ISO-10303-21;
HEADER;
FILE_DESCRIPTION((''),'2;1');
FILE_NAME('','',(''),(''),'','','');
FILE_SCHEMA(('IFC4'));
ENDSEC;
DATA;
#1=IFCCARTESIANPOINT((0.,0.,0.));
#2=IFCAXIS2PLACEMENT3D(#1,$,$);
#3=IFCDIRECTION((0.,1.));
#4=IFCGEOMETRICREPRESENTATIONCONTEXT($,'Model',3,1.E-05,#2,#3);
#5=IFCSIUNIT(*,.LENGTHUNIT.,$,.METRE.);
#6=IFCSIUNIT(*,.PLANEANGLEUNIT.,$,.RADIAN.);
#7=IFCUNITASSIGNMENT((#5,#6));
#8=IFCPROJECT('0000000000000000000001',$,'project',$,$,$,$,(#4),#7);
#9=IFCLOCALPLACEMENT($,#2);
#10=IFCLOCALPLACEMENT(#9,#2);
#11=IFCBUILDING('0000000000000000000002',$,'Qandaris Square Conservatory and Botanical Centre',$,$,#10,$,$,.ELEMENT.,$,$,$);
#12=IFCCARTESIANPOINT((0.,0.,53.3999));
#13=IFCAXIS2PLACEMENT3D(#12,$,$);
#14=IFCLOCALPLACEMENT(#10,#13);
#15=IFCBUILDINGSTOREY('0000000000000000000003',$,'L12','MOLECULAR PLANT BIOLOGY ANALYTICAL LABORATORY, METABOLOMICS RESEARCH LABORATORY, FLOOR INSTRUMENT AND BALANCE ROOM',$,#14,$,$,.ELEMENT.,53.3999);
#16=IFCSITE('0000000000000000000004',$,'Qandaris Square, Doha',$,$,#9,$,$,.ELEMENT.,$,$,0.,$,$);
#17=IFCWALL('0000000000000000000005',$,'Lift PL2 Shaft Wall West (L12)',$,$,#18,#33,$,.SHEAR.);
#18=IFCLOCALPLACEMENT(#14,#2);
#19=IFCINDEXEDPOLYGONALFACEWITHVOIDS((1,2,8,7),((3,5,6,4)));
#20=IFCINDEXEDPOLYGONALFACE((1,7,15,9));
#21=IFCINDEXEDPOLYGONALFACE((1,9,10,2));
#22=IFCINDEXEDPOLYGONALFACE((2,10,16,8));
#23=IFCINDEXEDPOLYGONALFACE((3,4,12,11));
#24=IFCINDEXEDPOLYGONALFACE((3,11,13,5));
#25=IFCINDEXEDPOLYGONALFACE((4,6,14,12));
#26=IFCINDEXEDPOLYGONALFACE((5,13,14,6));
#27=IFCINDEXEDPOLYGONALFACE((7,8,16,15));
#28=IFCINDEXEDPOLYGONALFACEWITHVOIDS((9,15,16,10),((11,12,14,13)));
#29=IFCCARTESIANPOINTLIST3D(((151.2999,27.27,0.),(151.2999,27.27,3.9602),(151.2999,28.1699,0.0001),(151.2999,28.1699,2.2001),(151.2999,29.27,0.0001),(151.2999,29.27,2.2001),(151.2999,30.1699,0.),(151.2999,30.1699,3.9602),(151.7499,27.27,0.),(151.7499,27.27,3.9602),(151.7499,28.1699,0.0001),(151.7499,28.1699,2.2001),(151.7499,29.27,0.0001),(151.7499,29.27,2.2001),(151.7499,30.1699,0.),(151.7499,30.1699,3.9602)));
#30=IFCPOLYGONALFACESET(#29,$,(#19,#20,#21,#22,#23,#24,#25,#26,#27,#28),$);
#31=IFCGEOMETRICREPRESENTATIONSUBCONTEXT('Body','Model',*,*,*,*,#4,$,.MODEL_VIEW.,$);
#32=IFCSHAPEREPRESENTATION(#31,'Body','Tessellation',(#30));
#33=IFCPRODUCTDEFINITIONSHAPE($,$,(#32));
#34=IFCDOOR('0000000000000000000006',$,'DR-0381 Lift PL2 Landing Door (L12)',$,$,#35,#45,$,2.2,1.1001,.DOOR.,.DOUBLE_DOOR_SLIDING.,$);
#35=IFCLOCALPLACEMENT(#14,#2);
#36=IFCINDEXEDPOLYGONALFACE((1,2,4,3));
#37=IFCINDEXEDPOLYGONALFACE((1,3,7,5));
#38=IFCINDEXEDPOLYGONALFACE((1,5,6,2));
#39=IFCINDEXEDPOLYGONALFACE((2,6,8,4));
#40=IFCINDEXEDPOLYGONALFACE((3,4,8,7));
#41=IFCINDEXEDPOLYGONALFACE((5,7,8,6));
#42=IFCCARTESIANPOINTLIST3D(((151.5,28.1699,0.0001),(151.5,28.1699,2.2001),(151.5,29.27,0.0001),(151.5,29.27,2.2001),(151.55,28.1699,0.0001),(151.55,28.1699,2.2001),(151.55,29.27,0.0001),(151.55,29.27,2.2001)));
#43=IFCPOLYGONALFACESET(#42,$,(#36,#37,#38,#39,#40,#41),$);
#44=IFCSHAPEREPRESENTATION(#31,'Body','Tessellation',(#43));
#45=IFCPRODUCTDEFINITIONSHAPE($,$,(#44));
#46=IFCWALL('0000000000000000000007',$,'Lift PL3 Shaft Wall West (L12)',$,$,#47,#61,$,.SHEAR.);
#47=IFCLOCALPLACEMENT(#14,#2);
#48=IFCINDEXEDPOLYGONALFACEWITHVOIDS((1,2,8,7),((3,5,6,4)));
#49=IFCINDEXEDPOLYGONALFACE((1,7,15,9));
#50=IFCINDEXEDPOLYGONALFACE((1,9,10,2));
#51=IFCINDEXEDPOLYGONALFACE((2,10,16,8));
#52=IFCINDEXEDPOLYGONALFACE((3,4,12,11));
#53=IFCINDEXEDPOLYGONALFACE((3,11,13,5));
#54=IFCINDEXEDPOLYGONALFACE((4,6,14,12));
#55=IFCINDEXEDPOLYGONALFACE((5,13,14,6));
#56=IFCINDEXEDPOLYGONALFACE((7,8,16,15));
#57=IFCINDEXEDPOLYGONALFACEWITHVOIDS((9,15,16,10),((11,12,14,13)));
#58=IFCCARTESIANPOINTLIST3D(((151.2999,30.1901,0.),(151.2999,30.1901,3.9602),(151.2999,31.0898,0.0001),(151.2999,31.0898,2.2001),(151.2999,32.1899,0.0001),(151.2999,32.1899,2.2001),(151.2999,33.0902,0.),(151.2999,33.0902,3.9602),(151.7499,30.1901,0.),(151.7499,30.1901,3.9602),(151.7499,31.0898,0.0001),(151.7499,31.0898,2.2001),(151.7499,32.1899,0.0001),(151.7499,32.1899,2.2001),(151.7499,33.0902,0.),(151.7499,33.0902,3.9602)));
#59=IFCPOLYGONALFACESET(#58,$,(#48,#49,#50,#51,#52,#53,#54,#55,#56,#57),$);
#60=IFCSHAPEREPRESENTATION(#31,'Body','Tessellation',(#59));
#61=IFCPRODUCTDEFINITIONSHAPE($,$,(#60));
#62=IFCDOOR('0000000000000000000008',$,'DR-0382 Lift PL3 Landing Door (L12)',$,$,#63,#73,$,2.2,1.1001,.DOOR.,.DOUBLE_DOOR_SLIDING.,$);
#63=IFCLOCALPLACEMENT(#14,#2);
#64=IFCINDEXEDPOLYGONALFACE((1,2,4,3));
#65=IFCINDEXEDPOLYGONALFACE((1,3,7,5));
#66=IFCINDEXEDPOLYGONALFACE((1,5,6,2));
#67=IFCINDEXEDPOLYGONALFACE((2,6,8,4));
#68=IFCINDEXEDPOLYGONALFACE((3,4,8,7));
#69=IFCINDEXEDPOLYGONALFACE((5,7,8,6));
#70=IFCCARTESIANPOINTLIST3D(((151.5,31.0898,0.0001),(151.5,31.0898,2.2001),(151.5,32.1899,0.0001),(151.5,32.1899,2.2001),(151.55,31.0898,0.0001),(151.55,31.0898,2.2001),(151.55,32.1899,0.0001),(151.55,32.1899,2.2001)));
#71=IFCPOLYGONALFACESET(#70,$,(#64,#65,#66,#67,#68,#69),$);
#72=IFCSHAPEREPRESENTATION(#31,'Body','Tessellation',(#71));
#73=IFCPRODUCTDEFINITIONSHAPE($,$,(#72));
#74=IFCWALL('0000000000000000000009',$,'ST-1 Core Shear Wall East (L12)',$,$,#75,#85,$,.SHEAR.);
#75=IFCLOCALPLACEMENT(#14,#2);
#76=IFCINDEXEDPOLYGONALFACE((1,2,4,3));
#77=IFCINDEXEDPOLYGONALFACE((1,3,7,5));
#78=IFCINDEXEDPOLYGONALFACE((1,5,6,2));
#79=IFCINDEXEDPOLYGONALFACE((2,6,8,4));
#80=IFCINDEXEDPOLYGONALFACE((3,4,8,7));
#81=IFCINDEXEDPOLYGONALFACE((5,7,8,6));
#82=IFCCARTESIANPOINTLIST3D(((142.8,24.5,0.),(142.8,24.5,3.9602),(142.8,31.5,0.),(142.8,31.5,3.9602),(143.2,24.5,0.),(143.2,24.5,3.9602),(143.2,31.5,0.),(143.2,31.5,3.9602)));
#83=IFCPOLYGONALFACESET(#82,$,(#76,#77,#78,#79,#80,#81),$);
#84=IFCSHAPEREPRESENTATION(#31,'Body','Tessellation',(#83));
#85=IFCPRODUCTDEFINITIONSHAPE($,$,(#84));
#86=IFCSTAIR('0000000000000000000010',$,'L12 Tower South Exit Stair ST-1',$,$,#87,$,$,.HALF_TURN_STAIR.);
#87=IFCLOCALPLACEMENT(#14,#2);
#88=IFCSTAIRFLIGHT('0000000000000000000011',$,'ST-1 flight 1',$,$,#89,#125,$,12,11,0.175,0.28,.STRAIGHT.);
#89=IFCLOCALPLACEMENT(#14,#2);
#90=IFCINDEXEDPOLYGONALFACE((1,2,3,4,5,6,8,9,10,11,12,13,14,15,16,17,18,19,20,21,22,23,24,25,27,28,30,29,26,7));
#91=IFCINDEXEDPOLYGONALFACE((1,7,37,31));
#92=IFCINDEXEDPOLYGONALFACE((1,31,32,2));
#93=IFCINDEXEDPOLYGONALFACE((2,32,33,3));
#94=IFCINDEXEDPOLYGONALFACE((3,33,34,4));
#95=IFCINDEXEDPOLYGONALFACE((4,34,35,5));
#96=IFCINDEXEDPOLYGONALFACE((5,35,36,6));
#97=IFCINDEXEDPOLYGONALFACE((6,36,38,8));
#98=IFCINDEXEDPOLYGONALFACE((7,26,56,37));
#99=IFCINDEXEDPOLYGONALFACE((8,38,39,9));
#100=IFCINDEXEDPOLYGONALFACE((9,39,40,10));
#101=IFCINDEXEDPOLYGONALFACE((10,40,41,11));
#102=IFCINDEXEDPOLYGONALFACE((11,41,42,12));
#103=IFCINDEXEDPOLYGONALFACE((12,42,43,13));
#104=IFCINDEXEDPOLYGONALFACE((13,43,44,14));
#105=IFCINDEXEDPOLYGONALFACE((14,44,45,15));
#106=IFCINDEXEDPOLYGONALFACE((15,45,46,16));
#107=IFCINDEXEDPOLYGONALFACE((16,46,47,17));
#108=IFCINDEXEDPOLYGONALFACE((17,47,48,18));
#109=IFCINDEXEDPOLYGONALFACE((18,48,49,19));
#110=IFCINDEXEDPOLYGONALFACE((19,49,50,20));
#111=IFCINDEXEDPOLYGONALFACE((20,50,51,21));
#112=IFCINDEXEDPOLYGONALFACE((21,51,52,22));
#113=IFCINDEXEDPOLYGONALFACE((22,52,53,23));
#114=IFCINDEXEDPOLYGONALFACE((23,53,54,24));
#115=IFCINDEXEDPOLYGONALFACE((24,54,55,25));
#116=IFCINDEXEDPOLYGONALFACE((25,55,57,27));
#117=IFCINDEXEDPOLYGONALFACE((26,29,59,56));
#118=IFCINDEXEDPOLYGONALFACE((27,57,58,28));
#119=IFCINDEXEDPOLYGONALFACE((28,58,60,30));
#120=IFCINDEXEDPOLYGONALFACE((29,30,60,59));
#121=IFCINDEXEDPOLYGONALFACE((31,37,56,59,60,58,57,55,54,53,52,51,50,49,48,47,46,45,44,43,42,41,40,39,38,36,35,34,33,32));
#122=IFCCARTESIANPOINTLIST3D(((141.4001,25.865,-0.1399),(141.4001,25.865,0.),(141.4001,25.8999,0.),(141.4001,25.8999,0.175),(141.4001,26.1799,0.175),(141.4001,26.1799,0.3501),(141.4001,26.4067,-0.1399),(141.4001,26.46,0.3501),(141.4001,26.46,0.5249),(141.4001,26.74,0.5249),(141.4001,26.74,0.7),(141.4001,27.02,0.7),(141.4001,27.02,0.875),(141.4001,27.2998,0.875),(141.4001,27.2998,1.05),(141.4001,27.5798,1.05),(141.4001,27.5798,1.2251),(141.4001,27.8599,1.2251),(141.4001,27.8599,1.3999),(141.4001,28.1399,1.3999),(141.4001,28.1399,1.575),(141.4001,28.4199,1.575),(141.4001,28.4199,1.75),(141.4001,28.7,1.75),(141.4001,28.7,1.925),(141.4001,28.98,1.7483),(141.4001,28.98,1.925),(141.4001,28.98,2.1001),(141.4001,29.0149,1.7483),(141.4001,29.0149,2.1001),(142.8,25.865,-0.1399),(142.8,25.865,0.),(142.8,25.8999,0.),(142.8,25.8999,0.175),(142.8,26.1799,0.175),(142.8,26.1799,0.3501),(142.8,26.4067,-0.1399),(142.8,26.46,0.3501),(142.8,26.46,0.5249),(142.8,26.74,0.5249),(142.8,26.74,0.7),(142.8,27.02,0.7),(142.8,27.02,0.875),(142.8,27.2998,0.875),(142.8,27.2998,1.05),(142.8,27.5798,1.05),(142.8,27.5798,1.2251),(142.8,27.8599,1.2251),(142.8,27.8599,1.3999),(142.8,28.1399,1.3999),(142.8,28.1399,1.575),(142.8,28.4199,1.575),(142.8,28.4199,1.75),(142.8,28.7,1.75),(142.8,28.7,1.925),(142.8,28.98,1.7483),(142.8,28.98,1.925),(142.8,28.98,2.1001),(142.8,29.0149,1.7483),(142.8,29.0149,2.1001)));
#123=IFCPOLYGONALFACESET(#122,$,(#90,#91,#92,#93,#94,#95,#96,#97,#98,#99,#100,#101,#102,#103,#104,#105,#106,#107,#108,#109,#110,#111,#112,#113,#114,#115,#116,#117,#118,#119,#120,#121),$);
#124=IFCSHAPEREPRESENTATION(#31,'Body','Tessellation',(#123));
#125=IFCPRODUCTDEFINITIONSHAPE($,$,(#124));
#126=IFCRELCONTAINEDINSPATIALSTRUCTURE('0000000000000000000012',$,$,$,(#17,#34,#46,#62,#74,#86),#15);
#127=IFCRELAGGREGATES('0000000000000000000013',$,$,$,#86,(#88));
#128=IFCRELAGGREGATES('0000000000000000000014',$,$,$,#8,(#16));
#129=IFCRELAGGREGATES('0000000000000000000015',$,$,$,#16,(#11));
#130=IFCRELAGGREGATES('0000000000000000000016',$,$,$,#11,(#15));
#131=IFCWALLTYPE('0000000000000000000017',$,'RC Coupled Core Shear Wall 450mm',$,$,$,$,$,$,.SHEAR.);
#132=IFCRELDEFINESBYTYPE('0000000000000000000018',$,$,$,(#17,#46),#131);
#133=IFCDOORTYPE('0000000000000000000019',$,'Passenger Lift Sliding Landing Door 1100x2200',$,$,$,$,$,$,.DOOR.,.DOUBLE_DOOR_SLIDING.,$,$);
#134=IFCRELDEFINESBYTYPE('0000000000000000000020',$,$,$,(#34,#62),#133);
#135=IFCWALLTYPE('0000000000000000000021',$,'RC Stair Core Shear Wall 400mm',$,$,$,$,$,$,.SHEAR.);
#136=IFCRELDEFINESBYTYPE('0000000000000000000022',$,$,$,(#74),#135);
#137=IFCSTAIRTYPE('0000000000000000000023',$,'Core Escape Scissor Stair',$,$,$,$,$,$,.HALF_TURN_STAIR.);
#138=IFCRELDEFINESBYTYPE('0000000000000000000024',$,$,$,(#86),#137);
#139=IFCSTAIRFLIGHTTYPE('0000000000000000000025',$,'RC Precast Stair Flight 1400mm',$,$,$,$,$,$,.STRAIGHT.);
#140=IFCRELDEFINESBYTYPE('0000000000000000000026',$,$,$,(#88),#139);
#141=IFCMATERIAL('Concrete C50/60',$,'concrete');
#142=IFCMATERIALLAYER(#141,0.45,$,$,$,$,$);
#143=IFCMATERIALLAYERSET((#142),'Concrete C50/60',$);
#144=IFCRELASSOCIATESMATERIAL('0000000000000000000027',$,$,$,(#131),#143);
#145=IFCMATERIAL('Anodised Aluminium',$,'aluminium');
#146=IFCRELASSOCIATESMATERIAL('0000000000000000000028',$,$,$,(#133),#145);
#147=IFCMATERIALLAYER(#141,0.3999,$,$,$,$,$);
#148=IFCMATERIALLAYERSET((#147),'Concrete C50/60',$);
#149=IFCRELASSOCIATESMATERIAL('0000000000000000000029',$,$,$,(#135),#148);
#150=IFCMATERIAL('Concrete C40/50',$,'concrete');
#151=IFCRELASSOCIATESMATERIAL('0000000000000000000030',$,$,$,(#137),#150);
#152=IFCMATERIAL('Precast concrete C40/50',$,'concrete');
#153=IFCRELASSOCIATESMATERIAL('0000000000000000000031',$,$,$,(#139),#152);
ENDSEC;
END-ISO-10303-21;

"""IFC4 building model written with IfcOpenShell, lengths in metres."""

from ifc_helpers import new_model, si_unit, direction, frame, frame_2d, origin, place, context, subcontext, project, spatial, polyline, rectangle, outline, extrude, material, layer, layer_set, type_object, element, fill, aggregate, save


model = new_model("IFC4")

# Units and contexts
model_context = context("Model", 3, precision=1e-05, world=origin(), true_north=direction((0.0, 1.0)))
body_context = subcontext(model_context, "Body", "Model", "MODEL_VIEW")
ifc_project = project(units=[si_unit("LENGTHUNIT", "METRE"), si_unit("PLANEANGLEUNIT", "RADIAN")], contexts=[model_context])

# Site, building, storey
site_placement = place(None, origin())
site = spatial("IfcSite", under=ifc_project, at=site_placement, Name="Qandaris Square, Doha", CompositionType="ELEMENT", RefElevation=0.0)
building_placement = place(site_placement, origin())
building = spatial("IfcBuilding", under=site, at=building_placement, Name="Qandaris Square Conservatory and Botanical Centre", CompositionType="ELEMENT")
storey_placement = place(building_placement, frame((0.0, 0.0, 53.3999)))
storey = spatial("IfcBuildingStorey", under=building, at=storey_placement, Name="L12", Description="MOLECULAR PLANT BIOLOGY ANALYTICAL LABORATORY, METABOLOMICS RESEARCH LABORATORY, FLOOR INSTRUMENT AND BALANCE ROOM", CompositionType="ELEMENT", Elevation=53.3999)

# Shared definitions
ifc_material_1 = material(Name="Concrete C50/60", Category="concrete")

# Shared definitions
ifc_material_2 = material(Name="Anodised Aluminium", Category="aluminium")
ifc_material_3 = material(Name="Concrete C40/50", Category="concrete")

# Shared definitions
ifc_layer_1 = layer(ifc_material_1, 0.45)
ifc_layer_set_1 = layer_set([ifc_layer_1], Name="Concrete C50/60")
wall_type_1 = type_object("IfcWallType", Name="RC Coupled Core Shear Wall 450mm", PredefinedType="SHEAR", material=ifc_layer_set_1)

# Walls, openings, doors
door_type_1 = type_object("IfcDoorType", Name="Passenger Lift Sliding Landing Door 1100x2200", OperationType="DOUBLE_DOOR_SLIDING", PredefinedType="DOOR", material=ifc_material_2)
wall_1_placement = place(storey_placement, frame((151.5249, 27.27, 0.0), z_axis=(0.0, 0.0, 1.0), x_axis=(0.0, 1.0, 0.0)))
wall_1 = element("IfcWall", 1, at=wall_1_placement, inside=storey, type_object=wall_type_1, Name="Lift PL2 Shaft Wall West (L12)", PredefinedType="SHEAR", context=body_context, shape_type="SweptSolid", body=[
    extrude(rectangle(XDim=2.8999, YDim=0.45, at=frame_2d((1.45, 0.0))), origin(), (0.0, 0.0, 1.0), 3.9602),
])
opening_1_placement = place(wall_1_placement, frame((0.8999, 0.0, 0.0)))
opening_1 = element("IfcOpeningElement", 2, at=opening_1_placement, cuts=wall_1, PredefinedType="OPENING", context=body_context, shape_type="SweptSolid", body=[
    extrude(rectangle(XDim=1.1001, YDim=2.2, at=frame_2d((0.55, 1.1001))), frame((0.0, 0.2368, 0.0), z_axis=(0.0, -1.0, 0.0), x_axis=(1.0, 0.0, 0.0)), (0.0, 0.0, 1.0), 0.4739),
])
door_1_placement = place(opening_1_placement, origin())
door_1 = element("IfcDoor", 3, at=door_1_placement, inside=storey, type_object=door_type_1, Name="DR-0381 Lift PL2 Landing Door (L12)", OperationType="DOUBLE_DOOR_SLIDING", OverallHeight=2.2, OverallWidth=1.1001, PredefinedType="DOOR", context=body_context, shape_type="SweptSolid", body=[
    extrude(rectangle(XDim=1.1001, YDim=2.2, at=frame_2d((0.55, 1.1001))), frame((0.0, 0.0249, 0.0), z_axis=(0.0, -1.0, 0.0), x_axis=(1.0, 0.0, 0.0)), (0.0, 0.0, 1.0), 0.05),
])
fill(opening_1, door_1)
wall_2_placement = place(storey_placement, frame((151.5249, 30.1899, 0.0), z_axis=(0.0, 0.0, 1.0), x_axis=(0.0, 1.0, 0.0)))
wall_2 = element("IfcWall", 4, at=wall_2_placement, inside=storey, type_object=wall_type_1, Name="Lift PL3 Shaft Wall West (L12)", PredefinedType="SHEAR", context=body_context, shape_type="SweptSolid", body=[
    extrude(rectangle(XDim=2.9001, YDim=0.45, at=frame_2d((1.4502, 0.0))), origin(), (0.0, 0.0, 1.0), 3.9602),
])
opening_2_placement = place(wall_2_placement, frame((0.8999, 0.0, 0.0)))
opening_2 = element("IfcOpeningElement", 5, at=opening_2_placement, cuts=wall_2, PredefinedType="OPENING", context=body_context, shape_type="SweptSolid", body=[
    extrude(rectangle(XDim=1.1001, YDim=2.2, at=frame_2d((0.55, 1.1001))), frame((0.0, 0.2368, 0.0), z_axis=(0.0, -1.0, 0.0), x_axis=(1.0, 0.0, 0.0)), (0.0, 0.0, 1.0), 0.4739),
])
door_2_placement = place(opening_2_placement, origin())
door_2 = element("IfcDoor", 6, at=door_2_placement, inside=storey, type_object=door_type_1, Name="DR-0382 Lift PL3 Landing Door (L12)", OperationType="DOUBLE_DOOR_SLIDING", OverallHeight=2.2, OverallWidth=1.1001, PredefinedType="DOOR", context=body_context, shape_type="SweptSolid", body=[
    extrude(rectangle(XDim=1.1001, YDim=2.2, at=frame_2d((0.55, 1.1001))), frame((0.0, 0.0249, 0.0), z_axis=(0.0, -1.0, 0.0), x_axis=(1.0, 0.0, 0.0)), (0.0, 0.0, 1.0), 0.05),
])
fill(opening_2, door_2)

# Wall
ifc_layer_2 = layer(ifc_material_1, 0.3999)
ifc_layer_set_2 = layer_set([ifc_layer_2], Name="Concrete C50/60")
wall_type_2 = type_object("IfcWallType", Name="RC Stair Core Shear Wall 400mm", PredefinedType="SHEAR", material=ifc_layer_set_2)
wall_3_placement = place(storey_placement, frame((143.0, 24.5, 0.0), z_axis=(0.0, 0.0, 1.0), x_axis=(0.0, 1.0, 0.0)))
element("IfcWall", 7, at=wall_3_placement, inside=storey, type_object=wall_type_2, Name="ST-1 Core Shear Wall East (L12)", PredefinedType="SHEAR", context=body_context, shape_type="SweptSolid", body=[
    extrude(rectangle(XDim=7.0, YDim=0.3999, at=frame_2d((3.5, 0.0))), origin(), (0.0, 0.0, 1.0), 3.9602),
])

# Stair, stair flight
stair_type = type_object("IfcStairType", Name="Core Escape Scissor Stair", PredefinedType="HALF_TURN_STAIR", material=ifc_material_3)
stair_placement = place(storey_placement, origin())
stair = element("IfcStair", 8, at=stair_placement, inside=storey, type_object=stair_type, Name="L12 Tower South Exit Stair ST-1", PredefinedType="HALF_TURN_STAIR")
ifc_material_4 = material(Name="Precast concrete C40/50", Category="concrete")
stair_flight_type = type_object("IfcStairFlightType", Name="RC Precast Stair Flight 1400mm", PredefinedType="STRAIGHT", material=ifc_material_4)
stair_flight_placement = place(storey_placement, frame((142.1001, 25.8999, 0.0), z_axis=(0.0, 0.0, 1.0), x_axis=(0.0, 1.0, 0.0)))
stair_flight = element("IfcStairFlight", 9, at=stair_flight_placement, type_object=stair_flight_type, Name="ST-1 flight 1", NumberOfRisers=12, NumberOfTreads=11, PredefinedType="STRAIGHT", RiserHeight=0.175, TreadLength=0.28, context=body_context, shape_type="SweptSolid", body=[
    extrude(outline(polyline([(-0.0349, 0.0), (0.0, 0.0), (0.0, 0.175), (0.28, 0.175), (0.28, 0.3501), (0.5601, 0.3501), (0.5601, 0.5249), (0.8401, 0.5249), (0.8401, 0.7), (1.1201, 0.7), (1.1201, 0.875), (1.3999, 0.875), (1.3999, 1.05), (1.6799, 1.05), (1.6799, 1.2251), (1.96, 1.2251), (1.96, 1.3999), (2.24, 1.3999), (2.24, 1.575), (2.52, 1.575), (2.52, 1.75), (2.8, 1.75), (2.8, 1.925), (3.0801, 1.925), (3.0801, 2.1001), (3.115, 2.1001), (3.115, 1.7483), (3.0801, 1.7483), (0.5068, -0.1399), (-0.0349, -0.1399), (-0.0349, 0.0)])), frame((0.0, 0.7, 0.0), z_axis=(0.0, -1.0, 0.0), x_axis=(1.0, 0.0, 0.0)), (0.0, 0.0, 1.0), 1.3999),
])
aggregate(stair, [stair_flight])

save(model, "model.ifc")
